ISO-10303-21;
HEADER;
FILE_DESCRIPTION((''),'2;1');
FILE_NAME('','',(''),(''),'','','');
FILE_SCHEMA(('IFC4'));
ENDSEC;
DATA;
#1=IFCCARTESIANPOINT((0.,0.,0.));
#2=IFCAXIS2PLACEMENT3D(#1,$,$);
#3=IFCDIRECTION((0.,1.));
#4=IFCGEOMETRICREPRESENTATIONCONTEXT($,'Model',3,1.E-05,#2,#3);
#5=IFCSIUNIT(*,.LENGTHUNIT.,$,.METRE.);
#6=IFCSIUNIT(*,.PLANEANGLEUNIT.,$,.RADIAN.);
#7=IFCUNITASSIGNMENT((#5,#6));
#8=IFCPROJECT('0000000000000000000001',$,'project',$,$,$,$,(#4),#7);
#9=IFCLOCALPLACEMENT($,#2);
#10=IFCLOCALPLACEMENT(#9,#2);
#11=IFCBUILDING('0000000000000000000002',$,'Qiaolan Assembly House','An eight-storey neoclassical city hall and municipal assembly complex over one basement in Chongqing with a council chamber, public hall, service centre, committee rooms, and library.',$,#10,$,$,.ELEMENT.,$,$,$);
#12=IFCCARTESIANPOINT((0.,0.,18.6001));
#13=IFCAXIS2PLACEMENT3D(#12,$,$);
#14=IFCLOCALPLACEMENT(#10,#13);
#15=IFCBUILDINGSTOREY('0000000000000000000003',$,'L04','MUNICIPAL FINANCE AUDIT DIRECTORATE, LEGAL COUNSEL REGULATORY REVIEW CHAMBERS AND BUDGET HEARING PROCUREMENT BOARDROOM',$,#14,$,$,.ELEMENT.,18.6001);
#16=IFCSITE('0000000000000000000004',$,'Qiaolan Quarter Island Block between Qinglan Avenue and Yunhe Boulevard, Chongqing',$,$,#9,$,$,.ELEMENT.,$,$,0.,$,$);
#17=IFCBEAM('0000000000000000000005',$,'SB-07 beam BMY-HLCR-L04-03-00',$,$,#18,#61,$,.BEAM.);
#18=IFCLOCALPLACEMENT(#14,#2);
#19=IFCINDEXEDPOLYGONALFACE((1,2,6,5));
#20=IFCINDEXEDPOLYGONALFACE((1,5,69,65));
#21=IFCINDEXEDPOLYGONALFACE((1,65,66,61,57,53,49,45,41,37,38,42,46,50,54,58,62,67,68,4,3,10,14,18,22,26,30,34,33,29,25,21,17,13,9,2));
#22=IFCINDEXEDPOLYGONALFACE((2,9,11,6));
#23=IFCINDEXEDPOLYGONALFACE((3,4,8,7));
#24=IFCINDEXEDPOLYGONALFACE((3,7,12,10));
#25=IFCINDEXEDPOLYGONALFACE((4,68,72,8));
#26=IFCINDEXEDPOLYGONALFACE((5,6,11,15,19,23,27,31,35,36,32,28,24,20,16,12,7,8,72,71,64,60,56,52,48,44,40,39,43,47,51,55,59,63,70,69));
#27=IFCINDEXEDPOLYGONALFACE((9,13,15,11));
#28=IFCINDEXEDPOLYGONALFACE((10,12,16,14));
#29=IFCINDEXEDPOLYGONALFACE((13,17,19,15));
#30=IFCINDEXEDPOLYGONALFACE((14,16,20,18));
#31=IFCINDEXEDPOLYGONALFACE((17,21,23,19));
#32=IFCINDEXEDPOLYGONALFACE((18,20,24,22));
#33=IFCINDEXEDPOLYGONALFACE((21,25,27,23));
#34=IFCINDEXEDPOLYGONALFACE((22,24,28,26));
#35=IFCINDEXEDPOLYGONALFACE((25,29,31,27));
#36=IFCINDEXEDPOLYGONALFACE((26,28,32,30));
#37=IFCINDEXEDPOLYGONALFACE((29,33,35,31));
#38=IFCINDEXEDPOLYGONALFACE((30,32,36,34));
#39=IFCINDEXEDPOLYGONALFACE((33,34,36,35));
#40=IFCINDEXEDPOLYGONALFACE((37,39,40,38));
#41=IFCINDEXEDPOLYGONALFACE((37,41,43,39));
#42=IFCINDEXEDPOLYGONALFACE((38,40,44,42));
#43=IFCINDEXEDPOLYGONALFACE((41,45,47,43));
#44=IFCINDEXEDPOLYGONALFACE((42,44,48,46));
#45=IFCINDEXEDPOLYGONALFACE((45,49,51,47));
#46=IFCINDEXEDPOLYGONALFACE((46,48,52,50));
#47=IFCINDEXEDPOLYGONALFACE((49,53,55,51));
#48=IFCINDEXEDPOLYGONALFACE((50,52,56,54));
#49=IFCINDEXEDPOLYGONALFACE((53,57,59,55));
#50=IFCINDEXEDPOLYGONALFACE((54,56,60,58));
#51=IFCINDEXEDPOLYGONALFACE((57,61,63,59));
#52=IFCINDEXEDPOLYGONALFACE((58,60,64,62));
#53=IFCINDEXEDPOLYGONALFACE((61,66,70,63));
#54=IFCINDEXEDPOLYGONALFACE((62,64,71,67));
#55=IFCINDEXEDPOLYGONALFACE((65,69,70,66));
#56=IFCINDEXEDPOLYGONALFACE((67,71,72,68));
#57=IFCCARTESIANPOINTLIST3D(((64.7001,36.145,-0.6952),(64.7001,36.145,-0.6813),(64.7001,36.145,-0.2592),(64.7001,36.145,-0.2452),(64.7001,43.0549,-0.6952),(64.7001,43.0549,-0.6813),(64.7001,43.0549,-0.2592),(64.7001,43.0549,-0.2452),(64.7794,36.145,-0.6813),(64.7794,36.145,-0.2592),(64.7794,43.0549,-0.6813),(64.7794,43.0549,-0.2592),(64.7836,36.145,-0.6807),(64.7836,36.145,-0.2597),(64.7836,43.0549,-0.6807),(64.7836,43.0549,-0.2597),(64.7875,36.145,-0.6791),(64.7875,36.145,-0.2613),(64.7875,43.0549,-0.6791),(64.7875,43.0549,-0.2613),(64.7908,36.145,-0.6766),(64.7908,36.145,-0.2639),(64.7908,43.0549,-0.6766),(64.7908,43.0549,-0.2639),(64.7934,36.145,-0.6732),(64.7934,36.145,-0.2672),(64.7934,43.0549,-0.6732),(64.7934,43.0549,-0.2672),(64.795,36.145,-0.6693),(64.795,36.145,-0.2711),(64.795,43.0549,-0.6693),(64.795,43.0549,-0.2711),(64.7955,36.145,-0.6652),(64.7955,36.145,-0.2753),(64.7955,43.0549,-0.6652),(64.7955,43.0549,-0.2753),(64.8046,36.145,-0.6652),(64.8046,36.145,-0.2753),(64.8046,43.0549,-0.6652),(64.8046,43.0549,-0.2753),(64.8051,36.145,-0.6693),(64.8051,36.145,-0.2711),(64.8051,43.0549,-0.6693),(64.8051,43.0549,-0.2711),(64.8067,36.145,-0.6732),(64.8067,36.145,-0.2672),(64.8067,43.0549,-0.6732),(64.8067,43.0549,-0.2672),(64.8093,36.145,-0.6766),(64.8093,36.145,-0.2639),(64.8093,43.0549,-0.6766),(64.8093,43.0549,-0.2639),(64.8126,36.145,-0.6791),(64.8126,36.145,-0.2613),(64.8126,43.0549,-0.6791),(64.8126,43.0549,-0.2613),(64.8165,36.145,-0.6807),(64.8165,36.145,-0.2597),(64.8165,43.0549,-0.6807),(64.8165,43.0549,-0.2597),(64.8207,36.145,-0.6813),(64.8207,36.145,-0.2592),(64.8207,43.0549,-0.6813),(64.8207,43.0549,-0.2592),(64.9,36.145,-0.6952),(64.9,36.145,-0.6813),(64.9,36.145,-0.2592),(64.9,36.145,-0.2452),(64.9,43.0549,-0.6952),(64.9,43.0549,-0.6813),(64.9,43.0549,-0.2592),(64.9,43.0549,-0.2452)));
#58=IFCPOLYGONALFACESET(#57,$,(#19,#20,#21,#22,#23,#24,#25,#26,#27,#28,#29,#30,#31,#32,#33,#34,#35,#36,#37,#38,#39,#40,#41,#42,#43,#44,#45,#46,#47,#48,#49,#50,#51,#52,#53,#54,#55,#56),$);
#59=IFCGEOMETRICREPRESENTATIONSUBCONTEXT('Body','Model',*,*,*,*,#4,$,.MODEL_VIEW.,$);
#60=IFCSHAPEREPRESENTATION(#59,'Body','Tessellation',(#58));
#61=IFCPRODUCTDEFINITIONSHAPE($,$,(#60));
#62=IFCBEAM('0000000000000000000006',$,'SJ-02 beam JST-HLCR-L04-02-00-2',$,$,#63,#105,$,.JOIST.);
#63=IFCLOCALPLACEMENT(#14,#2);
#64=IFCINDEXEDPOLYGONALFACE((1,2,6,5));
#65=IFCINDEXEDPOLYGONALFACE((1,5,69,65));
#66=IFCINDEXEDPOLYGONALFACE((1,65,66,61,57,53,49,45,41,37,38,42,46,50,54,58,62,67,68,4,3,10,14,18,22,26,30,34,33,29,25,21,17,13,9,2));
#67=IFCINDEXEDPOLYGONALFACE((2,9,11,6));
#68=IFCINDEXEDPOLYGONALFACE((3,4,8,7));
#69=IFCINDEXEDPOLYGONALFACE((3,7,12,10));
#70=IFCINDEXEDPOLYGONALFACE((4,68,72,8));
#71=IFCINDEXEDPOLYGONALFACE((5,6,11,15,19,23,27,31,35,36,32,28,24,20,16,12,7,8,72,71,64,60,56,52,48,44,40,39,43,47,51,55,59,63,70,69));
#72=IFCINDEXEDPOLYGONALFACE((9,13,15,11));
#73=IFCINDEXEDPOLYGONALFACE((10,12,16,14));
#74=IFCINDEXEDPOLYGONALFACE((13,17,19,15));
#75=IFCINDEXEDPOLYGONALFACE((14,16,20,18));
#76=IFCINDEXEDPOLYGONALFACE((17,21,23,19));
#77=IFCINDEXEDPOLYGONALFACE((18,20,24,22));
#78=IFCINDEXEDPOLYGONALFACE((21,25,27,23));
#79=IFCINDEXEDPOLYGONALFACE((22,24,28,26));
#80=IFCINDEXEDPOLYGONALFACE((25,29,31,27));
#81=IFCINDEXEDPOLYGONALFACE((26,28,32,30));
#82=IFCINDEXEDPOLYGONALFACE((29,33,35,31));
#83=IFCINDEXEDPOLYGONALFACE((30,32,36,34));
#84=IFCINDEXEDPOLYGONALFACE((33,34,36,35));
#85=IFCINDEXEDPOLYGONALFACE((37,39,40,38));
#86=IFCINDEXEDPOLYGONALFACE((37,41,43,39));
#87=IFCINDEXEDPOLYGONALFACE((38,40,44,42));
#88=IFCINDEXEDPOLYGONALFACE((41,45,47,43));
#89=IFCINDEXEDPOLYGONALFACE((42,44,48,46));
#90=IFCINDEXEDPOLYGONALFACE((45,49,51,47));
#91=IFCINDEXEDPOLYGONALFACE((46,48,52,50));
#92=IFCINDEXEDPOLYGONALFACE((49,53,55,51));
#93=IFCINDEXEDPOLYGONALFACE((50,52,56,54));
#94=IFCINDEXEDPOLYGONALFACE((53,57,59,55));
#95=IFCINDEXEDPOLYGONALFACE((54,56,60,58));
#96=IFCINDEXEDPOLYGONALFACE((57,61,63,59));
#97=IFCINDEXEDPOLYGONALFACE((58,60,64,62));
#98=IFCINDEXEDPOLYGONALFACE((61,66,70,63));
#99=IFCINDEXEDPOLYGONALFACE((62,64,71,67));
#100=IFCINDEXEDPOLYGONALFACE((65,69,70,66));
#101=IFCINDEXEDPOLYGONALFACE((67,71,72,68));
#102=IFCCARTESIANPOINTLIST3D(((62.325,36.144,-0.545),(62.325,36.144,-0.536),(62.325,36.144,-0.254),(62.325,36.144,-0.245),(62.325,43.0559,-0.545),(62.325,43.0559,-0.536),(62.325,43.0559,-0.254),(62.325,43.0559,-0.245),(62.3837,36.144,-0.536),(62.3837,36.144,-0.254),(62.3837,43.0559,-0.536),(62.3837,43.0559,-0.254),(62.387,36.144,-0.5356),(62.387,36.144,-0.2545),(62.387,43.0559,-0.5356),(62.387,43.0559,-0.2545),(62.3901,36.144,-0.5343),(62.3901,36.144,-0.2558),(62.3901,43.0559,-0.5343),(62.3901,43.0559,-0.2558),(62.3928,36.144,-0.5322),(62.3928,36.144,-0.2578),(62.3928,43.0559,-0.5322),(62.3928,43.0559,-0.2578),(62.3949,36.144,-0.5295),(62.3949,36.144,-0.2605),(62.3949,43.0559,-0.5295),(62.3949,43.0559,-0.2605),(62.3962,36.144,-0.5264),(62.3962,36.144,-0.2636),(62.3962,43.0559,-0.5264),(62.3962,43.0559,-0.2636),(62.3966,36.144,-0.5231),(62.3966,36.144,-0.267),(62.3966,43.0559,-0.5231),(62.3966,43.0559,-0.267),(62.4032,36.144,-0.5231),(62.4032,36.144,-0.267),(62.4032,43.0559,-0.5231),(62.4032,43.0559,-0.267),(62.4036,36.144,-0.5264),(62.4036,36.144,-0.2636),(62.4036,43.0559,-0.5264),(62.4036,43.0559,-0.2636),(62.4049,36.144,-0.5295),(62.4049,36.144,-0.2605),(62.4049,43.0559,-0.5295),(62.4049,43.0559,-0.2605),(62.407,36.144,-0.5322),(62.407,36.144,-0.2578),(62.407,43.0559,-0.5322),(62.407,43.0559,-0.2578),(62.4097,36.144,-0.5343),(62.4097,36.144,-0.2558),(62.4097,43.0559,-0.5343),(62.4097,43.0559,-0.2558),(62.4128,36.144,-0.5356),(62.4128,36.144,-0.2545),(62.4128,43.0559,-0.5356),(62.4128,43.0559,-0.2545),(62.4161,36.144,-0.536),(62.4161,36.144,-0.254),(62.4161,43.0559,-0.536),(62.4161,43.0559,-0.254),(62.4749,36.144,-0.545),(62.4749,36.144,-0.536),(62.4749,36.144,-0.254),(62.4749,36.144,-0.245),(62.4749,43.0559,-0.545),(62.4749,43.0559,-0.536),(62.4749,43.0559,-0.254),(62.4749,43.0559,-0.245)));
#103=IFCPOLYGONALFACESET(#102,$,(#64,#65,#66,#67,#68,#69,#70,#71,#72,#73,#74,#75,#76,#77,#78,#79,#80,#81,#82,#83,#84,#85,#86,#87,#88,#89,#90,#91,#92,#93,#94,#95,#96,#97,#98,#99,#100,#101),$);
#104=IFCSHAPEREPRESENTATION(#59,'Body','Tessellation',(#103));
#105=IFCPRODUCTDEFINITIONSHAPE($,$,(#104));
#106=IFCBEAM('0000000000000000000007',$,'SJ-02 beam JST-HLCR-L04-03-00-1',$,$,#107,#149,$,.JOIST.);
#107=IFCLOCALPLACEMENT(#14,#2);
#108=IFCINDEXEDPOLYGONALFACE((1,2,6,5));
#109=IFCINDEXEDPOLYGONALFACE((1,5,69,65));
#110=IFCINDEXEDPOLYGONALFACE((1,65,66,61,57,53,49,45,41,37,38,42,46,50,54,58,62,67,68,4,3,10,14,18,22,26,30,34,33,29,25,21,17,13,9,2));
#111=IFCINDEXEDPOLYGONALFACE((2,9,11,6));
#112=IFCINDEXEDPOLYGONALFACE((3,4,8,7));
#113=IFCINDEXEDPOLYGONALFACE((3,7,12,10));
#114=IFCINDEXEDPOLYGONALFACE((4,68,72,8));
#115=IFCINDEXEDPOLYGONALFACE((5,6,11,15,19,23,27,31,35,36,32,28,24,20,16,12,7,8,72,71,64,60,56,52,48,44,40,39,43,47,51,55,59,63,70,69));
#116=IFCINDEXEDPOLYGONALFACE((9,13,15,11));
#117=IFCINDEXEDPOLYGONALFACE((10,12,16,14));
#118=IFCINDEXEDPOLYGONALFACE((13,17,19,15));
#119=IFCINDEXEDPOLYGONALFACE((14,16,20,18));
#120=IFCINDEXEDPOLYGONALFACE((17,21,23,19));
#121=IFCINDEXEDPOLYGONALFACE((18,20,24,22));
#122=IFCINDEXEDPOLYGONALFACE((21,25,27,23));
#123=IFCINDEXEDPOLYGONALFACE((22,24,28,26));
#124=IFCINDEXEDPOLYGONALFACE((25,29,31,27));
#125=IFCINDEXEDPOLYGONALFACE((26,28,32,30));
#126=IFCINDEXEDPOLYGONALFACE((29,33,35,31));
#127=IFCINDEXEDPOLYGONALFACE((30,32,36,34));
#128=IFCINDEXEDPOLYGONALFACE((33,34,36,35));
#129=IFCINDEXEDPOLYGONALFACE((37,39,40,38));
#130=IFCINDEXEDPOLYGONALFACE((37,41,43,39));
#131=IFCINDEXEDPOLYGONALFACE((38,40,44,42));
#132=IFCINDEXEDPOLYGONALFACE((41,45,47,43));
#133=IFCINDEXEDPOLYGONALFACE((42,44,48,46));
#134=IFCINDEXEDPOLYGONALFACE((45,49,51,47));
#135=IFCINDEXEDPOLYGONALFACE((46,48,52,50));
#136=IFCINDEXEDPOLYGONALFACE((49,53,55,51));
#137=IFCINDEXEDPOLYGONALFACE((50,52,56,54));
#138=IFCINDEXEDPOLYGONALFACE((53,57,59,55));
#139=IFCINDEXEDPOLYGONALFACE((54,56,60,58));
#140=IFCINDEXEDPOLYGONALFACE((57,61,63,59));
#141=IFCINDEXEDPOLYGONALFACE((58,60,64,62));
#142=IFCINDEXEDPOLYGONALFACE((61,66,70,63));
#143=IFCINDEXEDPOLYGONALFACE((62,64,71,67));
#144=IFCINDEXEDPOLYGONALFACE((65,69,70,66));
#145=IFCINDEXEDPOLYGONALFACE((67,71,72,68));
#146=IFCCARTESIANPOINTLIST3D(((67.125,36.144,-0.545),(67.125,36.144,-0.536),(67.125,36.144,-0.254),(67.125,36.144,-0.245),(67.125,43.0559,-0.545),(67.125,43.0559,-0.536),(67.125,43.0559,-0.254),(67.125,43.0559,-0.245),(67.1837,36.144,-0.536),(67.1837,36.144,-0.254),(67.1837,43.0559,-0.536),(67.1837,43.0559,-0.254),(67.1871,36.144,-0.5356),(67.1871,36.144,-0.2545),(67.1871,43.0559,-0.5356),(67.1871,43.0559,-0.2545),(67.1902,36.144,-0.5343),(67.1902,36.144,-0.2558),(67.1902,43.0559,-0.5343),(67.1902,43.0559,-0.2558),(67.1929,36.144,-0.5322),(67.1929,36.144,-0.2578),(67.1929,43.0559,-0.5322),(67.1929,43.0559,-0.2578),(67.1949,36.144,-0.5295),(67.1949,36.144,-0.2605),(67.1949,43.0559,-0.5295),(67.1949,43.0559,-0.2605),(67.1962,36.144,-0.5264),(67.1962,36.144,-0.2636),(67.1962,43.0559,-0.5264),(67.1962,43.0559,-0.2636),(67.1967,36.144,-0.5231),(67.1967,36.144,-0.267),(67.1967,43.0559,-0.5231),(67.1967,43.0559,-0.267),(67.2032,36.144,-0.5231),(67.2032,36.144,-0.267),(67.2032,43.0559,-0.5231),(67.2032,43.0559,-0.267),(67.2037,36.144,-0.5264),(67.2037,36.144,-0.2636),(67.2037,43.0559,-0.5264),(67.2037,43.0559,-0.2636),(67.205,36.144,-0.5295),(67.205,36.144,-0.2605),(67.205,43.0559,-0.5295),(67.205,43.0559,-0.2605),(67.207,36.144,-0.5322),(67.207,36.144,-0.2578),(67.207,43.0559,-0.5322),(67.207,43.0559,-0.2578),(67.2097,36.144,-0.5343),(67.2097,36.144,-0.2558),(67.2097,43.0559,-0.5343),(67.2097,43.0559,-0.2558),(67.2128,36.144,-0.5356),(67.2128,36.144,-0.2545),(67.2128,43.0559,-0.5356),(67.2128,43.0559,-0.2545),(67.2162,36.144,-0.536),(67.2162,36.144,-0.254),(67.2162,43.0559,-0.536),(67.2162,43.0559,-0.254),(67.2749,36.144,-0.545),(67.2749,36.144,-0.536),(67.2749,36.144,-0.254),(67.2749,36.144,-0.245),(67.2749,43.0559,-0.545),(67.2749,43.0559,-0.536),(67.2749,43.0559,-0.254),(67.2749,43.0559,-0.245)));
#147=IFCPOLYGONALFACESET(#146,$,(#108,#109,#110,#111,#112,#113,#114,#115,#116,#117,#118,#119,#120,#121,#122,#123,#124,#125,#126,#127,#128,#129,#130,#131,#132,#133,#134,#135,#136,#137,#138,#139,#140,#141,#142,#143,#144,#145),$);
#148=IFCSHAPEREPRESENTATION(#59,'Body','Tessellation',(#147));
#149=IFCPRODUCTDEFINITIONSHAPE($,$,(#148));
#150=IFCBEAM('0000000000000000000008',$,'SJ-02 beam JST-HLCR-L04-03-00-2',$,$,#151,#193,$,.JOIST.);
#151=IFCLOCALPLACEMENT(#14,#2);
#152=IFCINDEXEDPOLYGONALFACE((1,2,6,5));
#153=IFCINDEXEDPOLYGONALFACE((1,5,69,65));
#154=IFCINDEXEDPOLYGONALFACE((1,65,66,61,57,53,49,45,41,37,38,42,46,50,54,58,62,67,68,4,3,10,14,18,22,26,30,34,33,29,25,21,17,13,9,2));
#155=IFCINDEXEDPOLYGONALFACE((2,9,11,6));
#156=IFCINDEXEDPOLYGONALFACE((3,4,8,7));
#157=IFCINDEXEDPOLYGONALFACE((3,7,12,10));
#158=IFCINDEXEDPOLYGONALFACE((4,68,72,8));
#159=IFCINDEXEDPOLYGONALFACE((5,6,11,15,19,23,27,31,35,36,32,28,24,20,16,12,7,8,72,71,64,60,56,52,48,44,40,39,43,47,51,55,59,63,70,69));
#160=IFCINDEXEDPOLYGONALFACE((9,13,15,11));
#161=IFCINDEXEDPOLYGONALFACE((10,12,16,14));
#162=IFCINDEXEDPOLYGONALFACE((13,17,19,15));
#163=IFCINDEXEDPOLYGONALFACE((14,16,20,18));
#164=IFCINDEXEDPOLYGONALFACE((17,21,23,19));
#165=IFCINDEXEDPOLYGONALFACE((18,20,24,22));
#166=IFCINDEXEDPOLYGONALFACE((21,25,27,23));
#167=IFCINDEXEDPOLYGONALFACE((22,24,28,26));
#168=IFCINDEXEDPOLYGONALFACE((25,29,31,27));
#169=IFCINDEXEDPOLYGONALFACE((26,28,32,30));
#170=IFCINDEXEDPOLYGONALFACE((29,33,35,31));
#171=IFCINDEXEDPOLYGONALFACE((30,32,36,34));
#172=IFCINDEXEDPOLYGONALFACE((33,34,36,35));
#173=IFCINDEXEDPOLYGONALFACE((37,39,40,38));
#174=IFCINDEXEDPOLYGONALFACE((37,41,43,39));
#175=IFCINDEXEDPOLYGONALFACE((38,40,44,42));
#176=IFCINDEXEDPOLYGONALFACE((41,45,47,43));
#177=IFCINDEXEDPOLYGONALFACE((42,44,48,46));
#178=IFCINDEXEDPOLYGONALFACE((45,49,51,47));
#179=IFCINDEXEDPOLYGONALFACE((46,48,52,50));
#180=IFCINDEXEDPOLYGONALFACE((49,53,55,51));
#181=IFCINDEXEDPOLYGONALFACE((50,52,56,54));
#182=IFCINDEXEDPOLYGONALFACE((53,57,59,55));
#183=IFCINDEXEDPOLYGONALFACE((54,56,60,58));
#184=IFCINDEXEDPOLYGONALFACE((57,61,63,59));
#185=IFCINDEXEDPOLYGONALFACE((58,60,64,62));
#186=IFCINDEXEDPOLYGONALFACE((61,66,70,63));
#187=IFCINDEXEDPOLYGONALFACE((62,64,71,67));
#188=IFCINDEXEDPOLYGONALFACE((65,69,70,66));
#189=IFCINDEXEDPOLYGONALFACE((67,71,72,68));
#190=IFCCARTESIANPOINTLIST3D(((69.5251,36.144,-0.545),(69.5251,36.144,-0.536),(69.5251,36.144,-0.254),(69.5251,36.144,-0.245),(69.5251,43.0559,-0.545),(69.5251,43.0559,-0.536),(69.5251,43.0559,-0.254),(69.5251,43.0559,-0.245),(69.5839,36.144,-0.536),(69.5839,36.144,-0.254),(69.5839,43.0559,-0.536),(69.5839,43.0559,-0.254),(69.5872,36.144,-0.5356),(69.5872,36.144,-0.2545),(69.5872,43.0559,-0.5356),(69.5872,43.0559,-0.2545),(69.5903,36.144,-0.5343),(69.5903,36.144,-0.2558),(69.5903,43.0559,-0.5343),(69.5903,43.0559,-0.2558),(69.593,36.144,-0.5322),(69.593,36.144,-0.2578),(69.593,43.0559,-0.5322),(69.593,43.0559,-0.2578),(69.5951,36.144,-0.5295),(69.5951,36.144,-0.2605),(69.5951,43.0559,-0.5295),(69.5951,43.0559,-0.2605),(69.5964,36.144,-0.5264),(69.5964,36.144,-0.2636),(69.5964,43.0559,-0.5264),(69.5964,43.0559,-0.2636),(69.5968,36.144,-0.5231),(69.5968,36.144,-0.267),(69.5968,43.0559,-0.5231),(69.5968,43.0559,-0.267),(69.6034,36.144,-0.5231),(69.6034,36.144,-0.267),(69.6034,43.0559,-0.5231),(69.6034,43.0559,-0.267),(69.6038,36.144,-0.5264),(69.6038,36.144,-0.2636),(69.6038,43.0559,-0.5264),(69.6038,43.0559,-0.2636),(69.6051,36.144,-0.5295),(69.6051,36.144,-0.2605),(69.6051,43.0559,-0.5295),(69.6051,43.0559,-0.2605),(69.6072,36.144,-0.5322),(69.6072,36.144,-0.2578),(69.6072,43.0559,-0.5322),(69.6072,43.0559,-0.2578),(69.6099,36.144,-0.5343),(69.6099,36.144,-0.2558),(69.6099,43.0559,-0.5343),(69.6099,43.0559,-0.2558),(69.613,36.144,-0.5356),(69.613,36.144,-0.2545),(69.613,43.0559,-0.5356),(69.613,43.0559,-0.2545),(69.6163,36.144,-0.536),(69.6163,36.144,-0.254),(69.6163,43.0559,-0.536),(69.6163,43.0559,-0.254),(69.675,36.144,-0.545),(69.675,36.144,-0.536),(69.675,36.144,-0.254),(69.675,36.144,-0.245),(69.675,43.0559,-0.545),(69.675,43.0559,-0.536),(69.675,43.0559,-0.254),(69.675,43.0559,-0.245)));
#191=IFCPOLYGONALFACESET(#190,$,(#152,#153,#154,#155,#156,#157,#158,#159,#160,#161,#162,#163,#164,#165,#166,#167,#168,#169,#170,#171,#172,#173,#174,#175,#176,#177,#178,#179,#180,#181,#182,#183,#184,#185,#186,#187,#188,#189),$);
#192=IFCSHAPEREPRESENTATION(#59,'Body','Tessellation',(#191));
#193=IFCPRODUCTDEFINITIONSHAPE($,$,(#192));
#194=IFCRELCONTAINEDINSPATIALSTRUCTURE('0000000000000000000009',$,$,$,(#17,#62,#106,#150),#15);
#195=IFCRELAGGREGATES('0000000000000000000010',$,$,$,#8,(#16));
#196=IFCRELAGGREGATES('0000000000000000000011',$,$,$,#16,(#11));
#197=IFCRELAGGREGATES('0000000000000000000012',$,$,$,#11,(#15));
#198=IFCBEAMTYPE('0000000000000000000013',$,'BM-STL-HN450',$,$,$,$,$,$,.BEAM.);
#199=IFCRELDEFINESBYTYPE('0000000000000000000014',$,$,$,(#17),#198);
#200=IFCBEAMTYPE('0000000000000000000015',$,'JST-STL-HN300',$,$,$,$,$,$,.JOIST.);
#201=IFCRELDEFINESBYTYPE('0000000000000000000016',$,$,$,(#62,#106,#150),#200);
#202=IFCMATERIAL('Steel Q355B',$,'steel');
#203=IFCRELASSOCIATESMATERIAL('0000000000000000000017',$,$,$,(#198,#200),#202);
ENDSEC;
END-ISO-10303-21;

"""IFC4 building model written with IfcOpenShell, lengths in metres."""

from ifc_helpers import new_model, si_unit, direction, frame, origin, origin_2d, place, context, subcontext, project, spatial, i_section, extrude, material, material_profile, profile_set, type_object, element, save


model = new_model("IFC4")

# Units and contexts
model_context = context("Model", 3, precision=1e-05, world=origin(), true_north=direction((0.0, 1.0)))
body_context = subcontext(model_context, "Body", "Model", "MODEL_VIEW")
ifc_project = project(units=[si_unit("LENGTHUNIT", "METRE"), si_unit("PLANEANGLEUNIT", "RADIAN")], contexts=[model_context])

# Site, building, storey
site_placement = place(None, origin())
site = spatial("IfcSite", under=ifc_project, at=site_placement, Name="Qiaolan Quarter Island Block between Qinglan Avenue and Yunhe Boulevard, Chongqing", CompositionType="ELEMENT", RefElevation=0.0)
building_placement = place(site_placement, origin())
building = spatial("IfcBuilding", under=site, at=building_placement, Name="Qiaolan Assembly House", Description="An eight-storey neoclassical city hall and municipal assembly complex over one basement in Chongqing with a council chamber, public hall, service centre, committee rooms, and library.", CompositionType="ELEMENT")
storey_placement = place(building_placement, frame((0.0, 0.0, 18.6001)))
storey = spatial("IfcBuildingStorey", under=building, at=storey_placement, Name="L04", Description="MUNICIPAL FINANCE AUDIT DIRECTORATE, LEGAL COUNSEL REGULATORY REVIEW CHAMBERS AND BUDGET HEARING PROCUREMENT BOARDROOM", CompositionType="ELEMENT", Elevation=18.6001)

# Beams
ifc_material_1 = material(Name="Steel Q355B", Category="steel")
ifc_material_profile_1 = material_profile(ifc_material_1, i_section(OverallWidth=0.2, OverallDepth=0.45, WebThickness=0.009, FlangeThickness=0.0139, FilletRadius=0.0161, at=origin_2d()), Name="HN 450x200x9x14")
ifc_profile_set_1 = profile_set([ifc_material_profile_1], Name="Steel Q355B")
beam_type_1 = type_object("IfcBeamType", Name="BM-STL-HN450", PredefinedType="BEAM", material=ifc_profile_set_1)
for number, where, z_axis, x_axis, name in (
    (1, (64.8, 36.145, -0.4702), (0.0, 1.0, 0.0), (-1.0, 0.0, 0.0), "SB-07 beam BMY-HLCR-L04-03-00"),
):
    element("IfcBeam", number, at=place(storey_placement, frame(where, z_axis=z_axis, x_axis=x_axis)), inside=storey, type_object=beam_type_1, Name=name, PredefinedType="BEAM", context=body_context, shape_type="SweptSolid", body=[
        extrude(i_section(OverallWidth=0.2, OverallDepth=0.45, WebThickness=0.009, FlangeThickness=0.0139, FilletRadius=0.0161, at=origin_2d()), origin(), (0.0, 0.0, 1.0), 6.9099),
    ])
ifc_material_profile_2 = material_profile(ifc_material_1, i_section(OverallWidth=0.1499, OverallDepth=0.3, WebThickness=0.0066, FlangeThickness=0.009, FilletRadius=0.0129, at=origin_2d()), Name="HN 300x150x6.5x9")
ifc_profile_set_2 = profile_set([ifc_material_profile_2], Name="Steel Q355B")
beam_type_2 = type_object("IfcBeamType", Name="JST-STL-HN300", PredefinedType="JOIST", material=ifc_profile_set_2)
for number, where, z_axis, x_axis, name in (
    (2, (62.3999, 36.144, -0.395), (0.0, 1.0, 0.0), (-1.0, 0.0, 0.0), "SJ-02 beam JST-HLCR-L04-02-00-2"),
    (3, (67.2, 36.144, -0.395), (0.0, 1.0, 0.0), (-1.0, 0.0, 0.0), "SJ-02 beam JST-HLCR-L04-03-00-1"),
    (4, (69.6001, 36.144, -0.395), (0.0, 1.0, 0.0), (-1.0, 0.0, 0.0), "SJ-02 beam JST-HLCR-L04-03-00-2"),
):
    element("IfcBeam", number, at=place(storey_placement, frame(where, z_axis=z_axis, x_axis=x_axis)), inside=storey, type_object=beam_type_2, Name=name, PredefinedType="JOIST", context=body_context, shape_type="SweptSolid", body=[
        extrude(i_section(OverallWidth=0.1499, OverallDepth=0.3, WebThickness=0.0066, FlangeThickness=0.009, FilletRadius=0.0129, at=origin_2d()), origin(), (0.0, 0.0, 1.0), 6.9119),
    ])

save(model, "model.ifc")
